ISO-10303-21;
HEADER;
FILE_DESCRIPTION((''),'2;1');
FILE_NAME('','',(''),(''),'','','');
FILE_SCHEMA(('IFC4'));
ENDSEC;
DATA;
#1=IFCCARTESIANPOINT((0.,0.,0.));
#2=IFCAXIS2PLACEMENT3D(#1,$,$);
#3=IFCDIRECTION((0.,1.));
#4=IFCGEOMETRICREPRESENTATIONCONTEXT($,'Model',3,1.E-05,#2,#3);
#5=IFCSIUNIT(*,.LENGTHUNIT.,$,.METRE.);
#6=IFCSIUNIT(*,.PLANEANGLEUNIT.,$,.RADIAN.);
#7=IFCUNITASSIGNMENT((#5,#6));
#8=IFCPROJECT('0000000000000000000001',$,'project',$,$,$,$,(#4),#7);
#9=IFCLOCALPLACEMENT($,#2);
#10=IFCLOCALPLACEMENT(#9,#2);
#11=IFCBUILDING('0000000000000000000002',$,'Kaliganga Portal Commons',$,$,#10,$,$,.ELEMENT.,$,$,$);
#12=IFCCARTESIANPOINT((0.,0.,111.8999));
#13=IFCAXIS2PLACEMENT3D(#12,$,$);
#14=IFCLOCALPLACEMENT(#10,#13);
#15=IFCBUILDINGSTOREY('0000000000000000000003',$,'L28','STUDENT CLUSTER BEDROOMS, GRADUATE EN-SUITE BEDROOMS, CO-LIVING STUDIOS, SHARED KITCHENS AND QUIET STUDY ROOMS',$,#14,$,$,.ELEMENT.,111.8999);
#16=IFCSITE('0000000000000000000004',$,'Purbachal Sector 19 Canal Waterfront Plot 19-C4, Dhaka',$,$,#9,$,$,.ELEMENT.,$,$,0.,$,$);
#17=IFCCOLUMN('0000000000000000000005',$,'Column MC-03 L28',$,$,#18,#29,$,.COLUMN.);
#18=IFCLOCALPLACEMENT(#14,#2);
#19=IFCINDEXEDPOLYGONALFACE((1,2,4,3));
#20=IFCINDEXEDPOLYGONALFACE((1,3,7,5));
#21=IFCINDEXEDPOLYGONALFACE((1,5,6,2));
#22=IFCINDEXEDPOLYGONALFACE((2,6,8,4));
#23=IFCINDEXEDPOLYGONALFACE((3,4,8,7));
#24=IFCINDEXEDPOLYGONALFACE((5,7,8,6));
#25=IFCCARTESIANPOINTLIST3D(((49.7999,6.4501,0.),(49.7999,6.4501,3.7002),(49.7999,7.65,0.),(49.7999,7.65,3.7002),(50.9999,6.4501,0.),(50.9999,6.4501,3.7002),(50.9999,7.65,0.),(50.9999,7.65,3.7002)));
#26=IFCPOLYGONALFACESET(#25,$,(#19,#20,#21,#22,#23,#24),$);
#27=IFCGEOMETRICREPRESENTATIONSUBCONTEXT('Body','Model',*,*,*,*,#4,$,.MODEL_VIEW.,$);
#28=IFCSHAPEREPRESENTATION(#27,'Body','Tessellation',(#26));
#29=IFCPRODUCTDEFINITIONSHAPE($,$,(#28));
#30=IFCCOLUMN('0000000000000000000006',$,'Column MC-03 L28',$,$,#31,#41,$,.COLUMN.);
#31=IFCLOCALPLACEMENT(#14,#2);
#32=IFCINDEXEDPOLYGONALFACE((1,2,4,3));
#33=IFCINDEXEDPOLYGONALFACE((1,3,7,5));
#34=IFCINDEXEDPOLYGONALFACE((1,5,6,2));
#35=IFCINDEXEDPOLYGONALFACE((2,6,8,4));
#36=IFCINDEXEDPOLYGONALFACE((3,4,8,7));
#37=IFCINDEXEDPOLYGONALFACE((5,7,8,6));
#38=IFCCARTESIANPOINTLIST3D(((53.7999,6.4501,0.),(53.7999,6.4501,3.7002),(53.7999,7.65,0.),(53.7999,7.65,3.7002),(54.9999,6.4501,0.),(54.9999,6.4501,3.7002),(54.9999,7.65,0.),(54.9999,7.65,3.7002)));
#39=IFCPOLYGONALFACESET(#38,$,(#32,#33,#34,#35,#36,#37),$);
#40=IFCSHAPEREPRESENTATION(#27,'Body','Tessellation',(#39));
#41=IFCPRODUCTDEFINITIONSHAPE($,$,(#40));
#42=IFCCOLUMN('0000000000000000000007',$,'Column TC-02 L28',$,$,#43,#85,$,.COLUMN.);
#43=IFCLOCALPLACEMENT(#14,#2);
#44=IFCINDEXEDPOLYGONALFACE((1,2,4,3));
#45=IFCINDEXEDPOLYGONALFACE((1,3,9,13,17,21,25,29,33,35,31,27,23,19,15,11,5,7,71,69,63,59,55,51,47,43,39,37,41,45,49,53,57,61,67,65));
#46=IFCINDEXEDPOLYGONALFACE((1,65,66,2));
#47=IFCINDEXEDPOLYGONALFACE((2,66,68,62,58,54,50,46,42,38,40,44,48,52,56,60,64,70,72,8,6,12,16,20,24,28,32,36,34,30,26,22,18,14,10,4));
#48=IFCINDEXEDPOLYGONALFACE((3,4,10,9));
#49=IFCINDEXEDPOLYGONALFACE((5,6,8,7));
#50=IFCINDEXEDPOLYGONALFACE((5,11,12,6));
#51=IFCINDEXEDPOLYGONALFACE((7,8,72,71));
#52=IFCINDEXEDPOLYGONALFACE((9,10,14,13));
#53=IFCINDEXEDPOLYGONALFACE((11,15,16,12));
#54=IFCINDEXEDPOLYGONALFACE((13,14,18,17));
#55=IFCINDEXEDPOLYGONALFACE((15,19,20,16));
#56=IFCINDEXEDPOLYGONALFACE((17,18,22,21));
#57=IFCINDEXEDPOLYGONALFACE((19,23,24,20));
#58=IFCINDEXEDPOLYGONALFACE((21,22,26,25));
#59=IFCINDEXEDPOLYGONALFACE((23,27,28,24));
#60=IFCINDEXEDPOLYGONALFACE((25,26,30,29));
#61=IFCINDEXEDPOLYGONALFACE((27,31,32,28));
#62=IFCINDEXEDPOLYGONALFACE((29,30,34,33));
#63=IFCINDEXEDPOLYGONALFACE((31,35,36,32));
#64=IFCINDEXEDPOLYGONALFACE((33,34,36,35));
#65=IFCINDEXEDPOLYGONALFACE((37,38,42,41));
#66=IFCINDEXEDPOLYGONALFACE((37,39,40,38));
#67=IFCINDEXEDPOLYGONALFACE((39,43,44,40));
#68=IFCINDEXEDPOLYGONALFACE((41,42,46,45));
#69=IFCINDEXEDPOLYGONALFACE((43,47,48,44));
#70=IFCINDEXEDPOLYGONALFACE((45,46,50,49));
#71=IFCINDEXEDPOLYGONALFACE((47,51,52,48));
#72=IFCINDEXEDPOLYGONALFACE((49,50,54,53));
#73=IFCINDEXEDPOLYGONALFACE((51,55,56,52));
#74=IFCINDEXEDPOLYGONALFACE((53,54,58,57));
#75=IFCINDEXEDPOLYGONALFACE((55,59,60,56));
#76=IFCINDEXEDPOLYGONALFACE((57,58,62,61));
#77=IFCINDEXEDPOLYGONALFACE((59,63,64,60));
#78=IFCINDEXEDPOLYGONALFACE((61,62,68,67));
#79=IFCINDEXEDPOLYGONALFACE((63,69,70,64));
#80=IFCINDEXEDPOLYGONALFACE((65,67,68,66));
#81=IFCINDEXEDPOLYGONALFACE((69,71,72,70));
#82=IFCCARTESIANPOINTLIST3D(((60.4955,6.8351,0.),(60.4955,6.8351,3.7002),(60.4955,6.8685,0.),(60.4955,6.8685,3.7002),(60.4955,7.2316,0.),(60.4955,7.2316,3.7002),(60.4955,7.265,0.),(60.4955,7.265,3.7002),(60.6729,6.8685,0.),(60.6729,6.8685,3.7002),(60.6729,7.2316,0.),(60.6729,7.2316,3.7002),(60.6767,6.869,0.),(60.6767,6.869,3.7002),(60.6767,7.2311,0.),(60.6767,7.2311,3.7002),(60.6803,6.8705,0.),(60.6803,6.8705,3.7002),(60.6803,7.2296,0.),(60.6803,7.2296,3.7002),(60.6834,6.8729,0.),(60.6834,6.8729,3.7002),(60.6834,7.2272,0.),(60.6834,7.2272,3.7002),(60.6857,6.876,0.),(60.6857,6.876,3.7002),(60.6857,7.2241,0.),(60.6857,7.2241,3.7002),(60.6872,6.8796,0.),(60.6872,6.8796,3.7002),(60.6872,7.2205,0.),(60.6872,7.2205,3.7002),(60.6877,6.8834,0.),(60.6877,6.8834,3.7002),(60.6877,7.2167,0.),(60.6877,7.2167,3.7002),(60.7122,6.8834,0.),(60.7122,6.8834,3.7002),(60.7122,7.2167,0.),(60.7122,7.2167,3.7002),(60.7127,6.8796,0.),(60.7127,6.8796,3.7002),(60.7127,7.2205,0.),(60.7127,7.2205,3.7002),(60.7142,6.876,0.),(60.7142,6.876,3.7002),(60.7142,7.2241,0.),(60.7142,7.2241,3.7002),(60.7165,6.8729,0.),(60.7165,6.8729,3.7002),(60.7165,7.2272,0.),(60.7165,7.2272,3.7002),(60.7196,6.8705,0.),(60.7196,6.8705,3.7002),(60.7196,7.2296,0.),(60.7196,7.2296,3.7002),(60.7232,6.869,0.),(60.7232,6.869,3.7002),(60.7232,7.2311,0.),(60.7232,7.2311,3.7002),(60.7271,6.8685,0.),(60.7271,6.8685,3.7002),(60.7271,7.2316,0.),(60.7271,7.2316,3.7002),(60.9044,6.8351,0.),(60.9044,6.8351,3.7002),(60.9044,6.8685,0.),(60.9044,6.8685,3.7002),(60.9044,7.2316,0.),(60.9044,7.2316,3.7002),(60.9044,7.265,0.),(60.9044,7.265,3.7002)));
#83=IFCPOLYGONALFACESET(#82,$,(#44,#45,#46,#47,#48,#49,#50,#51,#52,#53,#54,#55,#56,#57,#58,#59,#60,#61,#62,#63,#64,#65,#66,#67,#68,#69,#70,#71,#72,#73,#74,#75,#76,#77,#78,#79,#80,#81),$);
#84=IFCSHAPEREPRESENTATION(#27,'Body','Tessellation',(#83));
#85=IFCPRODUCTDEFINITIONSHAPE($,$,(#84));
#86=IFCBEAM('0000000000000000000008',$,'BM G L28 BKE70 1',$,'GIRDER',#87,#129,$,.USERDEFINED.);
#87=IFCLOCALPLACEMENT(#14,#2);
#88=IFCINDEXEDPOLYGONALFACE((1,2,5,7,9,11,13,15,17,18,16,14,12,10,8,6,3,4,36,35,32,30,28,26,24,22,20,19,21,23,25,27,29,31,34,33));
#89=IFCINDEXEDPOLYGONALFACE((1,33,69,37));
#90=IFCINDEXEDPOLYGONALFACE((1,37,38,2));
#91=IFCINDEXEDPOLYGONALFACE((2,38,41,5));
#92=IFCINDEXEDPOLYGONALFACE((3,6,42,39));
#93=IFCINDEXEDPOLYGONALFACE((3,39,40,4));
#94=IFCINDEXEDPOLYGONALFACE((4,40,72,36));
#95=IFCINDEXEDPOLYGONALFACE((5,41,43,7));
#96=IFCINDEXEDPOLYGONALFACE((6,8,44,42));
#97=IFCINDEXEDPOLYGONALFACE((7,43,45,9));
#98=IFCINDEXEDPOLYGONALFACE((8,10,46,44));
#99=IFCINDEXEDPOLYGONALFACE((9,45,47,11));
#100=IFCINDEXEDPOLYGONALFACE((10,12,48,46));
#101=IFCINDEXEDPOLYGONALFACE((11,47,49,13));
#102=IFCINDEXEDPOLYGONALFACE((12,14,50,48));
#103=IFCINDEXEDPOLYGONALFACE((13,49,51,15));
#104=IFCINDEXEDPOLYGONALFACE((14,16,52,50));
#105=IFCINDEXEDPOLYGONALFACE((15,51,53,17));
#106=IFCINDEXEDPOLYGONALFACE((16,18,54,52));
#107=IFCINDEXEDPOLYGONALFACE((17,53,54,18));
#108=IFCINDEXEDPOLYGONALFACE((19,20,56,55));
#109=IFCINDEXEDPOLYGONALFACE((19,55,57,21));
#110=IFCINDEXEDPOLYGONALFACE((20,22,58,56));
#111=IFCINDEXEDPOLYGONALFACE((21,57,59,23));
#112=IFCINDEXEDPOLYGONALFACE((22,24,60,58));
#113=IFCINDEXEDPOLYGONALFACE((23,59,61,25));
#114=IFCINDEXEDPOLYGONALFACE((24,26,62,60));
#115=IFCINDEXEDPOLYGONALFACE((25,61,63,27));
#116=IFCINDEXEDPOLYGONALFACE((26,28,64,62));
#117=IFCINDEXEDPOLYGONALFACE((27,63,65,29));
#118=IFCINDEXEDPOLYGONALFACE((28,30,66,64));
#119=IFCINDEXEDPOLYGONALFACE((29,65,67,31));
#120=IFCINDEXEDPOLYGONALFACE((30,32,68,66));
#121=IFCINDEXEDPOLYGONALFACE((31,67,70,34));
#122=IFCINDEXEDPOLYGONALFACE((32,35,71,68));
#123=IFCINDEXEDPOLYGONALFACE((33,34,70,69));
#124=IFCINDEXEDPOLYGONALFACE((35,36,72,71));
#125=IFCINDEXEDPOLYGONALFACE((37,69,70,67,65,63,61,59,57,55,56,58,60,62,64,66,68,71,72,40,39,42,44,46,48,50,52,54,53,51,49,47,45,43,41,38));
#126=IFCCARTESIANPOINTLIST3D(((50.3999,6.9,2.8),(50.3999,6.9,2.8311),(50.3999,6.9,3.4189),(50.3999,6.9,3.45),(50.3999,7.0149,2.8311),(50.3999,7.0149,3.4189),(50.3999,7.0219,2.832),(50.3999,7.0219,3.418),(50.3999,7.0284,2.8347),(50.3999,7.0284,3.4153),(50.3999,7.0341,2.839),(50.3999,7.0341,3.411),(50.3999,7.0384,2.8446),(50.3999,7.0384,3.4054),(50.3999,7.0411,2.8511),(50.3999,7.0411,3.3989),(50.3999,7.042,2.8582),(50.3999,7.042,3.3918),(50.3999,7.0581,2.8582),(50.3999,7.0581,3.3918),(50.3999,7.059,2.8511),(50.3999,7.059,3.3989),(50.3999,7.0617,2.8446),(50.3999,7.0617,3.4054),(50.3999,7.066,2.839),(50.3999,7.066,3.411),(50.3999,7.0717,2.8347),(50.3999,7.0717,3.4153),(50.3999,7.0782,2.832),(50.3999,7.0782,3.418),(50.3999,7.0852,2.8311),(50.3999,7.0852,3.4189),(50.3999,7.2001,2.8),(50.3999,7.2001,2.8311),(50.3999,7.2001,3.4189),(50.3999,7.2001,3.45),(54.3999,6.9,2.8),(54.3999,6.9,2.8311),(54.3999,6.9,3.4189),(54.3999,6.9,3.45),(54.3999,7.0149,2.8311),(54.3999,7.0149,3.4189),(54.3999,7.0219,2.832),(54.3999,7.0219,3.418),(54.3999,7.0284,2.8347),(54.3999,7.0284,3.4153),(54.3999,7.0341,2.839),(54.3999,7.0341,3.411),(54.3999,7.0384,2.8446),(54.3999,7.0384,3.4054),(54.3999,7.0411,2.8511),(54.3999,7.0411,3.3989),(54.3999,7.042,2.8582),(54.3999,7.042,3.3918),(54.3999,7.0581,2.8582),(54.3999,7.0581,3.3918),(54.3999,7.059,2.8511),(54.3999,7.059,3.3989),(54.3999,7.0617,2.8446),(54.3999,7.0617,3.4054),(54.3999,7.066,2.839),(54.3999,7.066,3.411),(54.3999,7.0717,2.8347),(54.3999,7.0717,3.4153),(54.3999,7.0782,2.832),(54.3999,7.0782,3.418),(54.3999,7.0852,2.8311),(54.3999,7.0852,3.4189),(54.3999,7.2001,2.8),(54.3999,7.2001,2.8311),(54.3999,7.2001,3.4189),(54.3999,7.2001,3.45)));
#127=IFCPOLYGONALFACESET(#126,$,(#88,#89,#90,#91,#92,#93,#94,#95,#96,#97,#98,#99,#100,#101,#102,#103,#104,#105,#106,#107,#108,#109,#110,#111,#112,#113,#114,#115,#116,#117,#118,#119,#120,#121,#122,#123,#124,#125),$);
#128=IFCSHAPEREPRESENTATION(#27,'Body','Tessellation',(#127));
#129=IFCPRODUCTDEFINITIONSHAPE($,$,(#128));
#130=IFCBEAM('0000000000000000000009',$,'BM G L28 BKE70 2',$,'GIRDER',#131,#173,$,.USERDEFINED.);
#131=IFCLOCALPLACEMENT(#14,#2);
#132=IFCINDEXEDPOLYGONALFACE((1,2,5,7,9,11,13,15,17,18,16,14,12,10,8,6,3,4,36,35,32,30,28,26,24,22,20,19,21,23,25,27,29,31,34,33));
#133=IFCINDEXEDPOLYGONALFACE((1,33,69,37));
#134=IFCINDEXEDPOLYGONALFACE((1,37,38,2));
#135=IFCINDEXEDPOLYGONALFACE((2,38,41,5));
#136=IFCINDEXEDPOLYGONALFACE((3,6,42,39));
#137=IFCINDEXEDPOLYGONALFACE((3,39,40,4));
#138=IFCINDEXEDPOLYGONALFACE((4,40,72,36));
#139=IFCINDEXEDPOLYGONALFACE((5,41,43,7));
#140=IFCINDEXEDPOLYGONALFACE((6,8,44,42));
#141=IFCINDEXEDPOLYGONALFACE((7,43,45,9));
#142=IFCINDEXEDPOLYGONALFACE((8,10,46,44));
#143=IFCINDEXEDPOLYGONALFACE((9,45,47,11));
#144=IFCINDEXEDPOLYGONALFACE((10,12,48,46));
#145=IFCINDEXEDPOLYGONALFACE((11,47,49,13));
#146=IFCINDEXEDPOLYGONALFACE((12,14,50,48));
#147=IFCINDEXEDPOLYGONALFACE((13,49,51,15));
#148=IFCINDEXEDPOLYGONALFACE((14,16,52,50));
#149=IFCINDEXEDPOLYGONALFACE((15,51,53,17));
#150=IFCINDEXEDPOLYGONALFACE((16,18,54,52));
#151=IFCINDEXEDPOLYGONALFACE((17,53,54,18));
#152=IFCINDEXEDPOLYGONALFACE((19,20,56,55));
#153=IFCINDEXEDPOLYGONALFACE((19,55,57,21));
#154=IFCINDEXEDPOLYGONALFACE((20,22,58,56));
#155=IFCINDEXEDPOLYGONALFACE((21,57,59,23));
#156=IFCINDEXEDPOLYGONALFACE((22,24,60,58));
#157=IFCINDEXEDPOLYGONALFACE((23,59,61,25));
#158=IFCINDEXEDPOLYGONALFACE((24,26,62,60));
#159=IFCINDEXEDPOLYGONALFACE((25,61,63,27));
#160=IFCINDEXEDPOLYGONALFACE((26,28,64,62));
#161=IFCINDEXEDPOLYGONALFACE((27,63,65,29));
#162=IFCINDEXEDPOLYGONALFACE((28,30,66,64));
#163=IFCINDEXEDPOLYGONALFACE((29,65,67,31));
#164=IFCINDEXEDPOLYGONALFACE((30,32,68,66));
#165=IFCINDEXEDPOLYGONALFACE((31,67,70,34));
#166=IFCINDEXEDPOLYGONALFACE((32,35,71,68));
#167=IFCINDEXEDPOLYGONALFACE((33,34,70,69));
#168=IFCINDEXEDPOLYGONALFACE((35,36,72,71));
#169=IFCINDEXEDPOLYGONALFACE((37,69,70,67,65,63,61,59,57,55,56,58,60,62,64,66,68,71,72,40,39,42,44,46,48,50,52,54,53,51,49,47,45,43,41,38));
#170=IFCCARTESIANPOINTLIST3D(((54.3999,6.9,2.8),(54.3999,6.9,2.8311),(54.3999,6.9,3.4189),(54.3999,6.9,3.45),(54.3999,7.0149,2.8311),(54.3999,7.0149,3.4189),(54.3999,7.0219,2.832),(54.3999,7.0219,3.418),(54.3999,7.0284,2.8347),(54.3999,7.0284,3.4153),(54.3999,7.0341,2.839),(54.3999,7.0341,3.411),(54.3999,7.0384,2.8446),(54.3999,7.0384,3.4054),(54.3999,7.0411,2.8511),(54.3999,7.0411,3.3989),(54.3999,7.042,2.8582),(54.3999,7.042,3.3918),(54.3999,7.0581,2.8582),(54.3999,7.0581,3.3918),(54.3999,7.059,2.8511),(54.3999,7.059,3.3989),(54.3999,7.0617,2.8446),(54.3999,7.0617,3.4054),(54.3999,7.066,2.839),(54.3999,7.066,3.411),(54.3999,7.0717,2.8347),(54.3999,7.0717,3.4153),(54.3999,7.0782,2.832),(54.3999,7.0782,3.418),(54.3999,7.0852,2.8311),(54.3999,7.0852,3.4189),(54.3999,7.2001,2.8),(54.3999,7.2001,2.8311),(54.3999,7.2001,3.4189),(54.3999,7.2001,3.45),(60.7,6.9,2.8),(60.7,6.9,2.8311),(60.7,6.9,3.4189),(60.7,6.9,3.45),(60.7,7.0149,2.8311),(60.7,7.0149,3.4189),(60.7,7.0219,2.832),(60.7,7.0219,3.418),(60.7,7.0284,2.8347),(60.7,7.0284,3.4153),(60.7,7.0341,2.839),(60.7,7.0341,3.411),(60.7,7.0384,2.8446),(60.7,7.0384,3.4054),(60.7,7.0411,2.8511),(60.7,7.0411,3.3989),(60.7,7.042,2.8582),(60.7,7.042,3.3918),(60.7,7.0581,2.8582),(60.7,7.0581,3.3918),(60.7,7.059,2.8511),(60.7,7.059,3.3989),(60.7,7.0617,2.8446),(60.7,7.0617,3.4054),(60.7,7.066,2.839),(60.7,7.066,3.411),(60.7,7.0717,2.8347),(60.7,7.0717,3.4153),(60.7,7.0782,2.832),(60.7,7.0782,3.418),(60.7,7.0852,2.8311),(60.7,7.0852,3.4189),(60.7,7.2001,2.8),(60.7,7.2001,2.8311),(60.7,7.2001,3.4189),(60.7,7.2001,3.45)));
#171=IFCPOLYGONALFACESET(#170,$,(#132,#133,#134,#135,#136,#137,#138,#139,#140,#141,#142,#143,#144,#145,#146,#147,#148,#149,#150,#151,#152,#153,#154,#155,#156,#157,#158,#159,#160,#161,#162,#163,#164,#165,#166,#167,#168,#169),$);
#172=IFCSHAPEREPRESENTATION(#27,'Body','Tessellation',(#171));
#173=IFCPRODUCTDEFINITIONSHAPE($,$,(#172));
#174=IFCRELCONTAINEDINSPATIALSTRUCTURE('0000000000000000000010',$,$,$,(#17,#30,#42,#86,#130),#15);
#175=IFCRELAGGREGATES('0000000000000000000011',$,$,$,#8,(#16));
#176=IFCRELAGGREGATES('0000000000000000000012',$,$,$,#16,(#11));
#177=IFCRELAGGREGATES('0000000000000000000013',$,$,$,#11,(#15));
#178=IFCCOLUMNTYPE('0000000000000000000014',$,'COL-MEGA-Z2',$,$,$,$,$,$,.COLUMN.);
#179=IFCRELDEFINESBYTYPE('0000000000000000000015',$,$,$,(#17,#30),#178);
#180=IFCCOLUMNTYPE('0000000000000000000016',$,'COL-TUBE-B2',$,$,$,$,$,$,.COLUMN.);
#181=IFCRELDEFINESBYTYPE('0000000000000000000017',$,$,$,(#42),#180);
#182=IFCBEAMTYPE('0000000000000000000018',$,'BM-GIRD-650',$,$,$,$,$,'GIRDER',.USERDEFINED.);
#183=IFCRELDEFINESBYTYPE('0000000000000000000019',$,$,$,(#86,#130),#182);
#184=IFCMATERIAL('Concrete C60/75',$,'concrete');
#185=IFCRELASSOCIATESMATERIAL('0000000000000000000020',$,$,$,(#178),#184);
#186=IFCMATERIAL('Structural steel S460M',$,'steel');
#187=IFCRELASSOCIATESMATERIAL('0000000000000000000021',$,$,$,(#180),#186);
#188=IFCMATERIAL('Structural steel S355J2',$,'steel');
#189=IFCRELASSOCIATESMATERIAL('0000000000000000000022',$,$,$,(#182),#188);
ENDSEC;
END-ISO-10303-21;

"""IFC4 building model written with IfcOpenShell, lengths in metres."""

from ifc_helpers import new_model, si_unit, direction, frame, origin, origin_2d, place, context, subcontext, project, spatial, rectangle, i_section, extrude, source, transform, mapped, material, material_profile, profile_set, type_object, element, save


model = new_model("IFC4")

# Units and contexts
model_context = context("Model", 3, precision=1e-05, world=origin(), true_north=direction((0.0, 1.0)))
body_context = subcontext(model_context, "Body", "Model", "MODEL_VIEW")
ifc_project = project(units=[si_unit("LENGTHUNIT", "METRE"), si_unit("PLANEANGLEUNIT", "RADIAN")], contexts=[model_context])

# Site, building, storey
site_placement = place(None, origin())
site = spatial("IfcSite", under=ifc_project, at=site_placement, Name="Purbachal Sector 19 Canal Waterfront Plot 19-C4, Dhaka", CompositionType="ELEMENT", RefElevation=0.0)
building_placement = place(site_placement, origin())
building = spatial("IfcBuilding", under=site, at=building_placement, Name="Kaliganga Portal Commons", CompositionType="ELEMENT")
storey_placement = place(building_placement, frame((0.0, 0.0, 111.8999)))
storey = spatial("IfcBuildingStorey", under=building, at=storey_placement, Name="L28", Description="STUDENT CLUSTER BEDROOMS, GRADUATE EN-SUITE BEDROOMS, CO-LIVING STUDIOS, SHARED KITCHENS AND QUIET STUDY ROOMS", CompositionType="ELEMENT", Elevation=111.8999)

# Columns
ifc_material_1 = material(Name="Concrete C60/75", Category="concrete")
ifc_material_profile_1 = material_profile(ifc_material_1, rectangle(XDim=1.2, YDim=1.2, at=origin_2d()), Name="RC 1200x1200")
ifc_profile_set_1 = profile_set([ifc_material_profile_1], Name="Concrete C60/75")
column_type_1 = type_object("IfcColumnType", Name="COL-MEGA-Z2", PredefinedType="COLUMN", material=ifc_profile_set_1)
shared_shape_1 = source(origin(), body_context, "Body", "SweptSolid", [
    extrude(rectangle(XDim=1.2, YDim=1.2, at=origin_2d()), origin(), (0.0, 0.0, 1.0), 3.7002),
])
for number, where, z_axis, x_axis, name in (
    (1, (50.3999, 7.05, 0.0), (0.0, 0.0, 1.0), (1.0, 0.0, 0.0), "Column MC-03 L28"),
    (2, (54.3999, 7.05, 0.0), (0.0, 0.0, 1.0), (1.0, 0.0, 0.0), "Column MC-03 L28"),
):
    element("IfcColumn", number, at=place(storey_placement, frame(where, z_axis=z_axis, x_axis=x_axis)), inside=storey, type_object=column_type_1, Name=name, PredefinedType="COLUMN", context=body_context, shape_type="MappedRepresentation", body=[
        mapped(shared_shape_1, transform((0.0, 0.0, 0.0), x_axis=(1.0, 0.0, 0.0), y_axis=(0.0, 1.0, 0.0), z_axis=(0.0, 0.0, 1.0), scale=1.0)),
    ])
ifc_material_2 = material(Name="Structural steel S460M", Category="steel")
ifc_material_profile_2 = material_profile(ifc_material_2, i_section(OverallWidth=0.4089, OverallDepth=0.4299, WebThickness=0.0244, FlangeThickness=0.0334, FilletRadius=0.0149, at=origin_2d()), Name="HD 400x421")
ifc_profile_set_2 = profile_set([ifc_material_profile_2], Name="Structural steel S460M wide-flange")
column_type_2 = type_object("IfcColumnType", Name="COL-TUBE-B2", PredefinedType="COLUMN", material=ifc_profile_set_2)
shared_shape_2 = source(origin(), body_context, "Body", "SweptSolid", [
    extrude(i_section(OverallWidth=0.4089, OverallDepth=0.4299, WebThickness=0.0244, FlangeThickness=0.0334, FilletRadius=0.0149, at=origin_2d()), origin(), (0.0, 0.0, 1.0), 3.7002),
])
column_placement = place(storey_placement, frame((60.7, 7.05, 0.0), z_axis=(0.0, 0.0, 1.0), x_axis=(1.0, 0.0, 0.0)))
element("IfcColumn", 3, at=column_placement, inside=storey, type_object=column_type_2, Name="Column TC-02 L28", PredefinedType="COLUMN", context=body_context, shape_type="MappedRepresentation", body=[
    mapped(shared_shape_2, transform((0.0, 0.0, 0.0), x_axis=(1.0, 0.0, 0.0), y_axis=(0.0, 1.0, 0.0), z_axis=(0.0, 0.0, 1.0), scale=1.0)),
])

# Beams
ifc_material_3 = material(Name="Structural steel S355J2", Category="steel")
ifc_material_profile_3 = material_profile(ifc_material_3, i_section(OverallWidth=0.3, OverallDepth=0.6499, WebThickness=0.0161, FlangeThickness=0.031, FilletRadius=0.0271, at=origin_2d()), Name="HE 650 B")
ifc_profile_set_3 = profile_set([ifc_material_profile_3], Name="Structural steel S355J2 wide-flange")
beam_type_1 = type_object("IfcBeamType", Name="BM-GIRD-650", ElementType="GIRDER", PredefinedType="USERDEFINED", material=ifc_profile_set_3)
shared_shape_3 = source(origin(), body_context, "Body", "SweptSolid", [
    extrude(i_section(OverallWidth=0.3, OverallDepth=0.6499, WebThickness=0.0161, FlangeThickness=0.031, FilletRadius=0.0271, at=origin_2d()), origin(), (0.0, 0.0, 1.0), 4.0),
])
beam_1_placement = place(storey_placement, frame((50.3999, 7.05, 3.125), z_axis=(1.0, 0.0, 0.0), x_axis=(0.0, 1.0, 0.0)))
element("IfcBeam", 4, at=beam_1_placement, inside=storey, type_object=beam_type_1, Name="BM G L28 BKE70 1", ObjectType="GIRDER", PredefinedType="USERDEFINED", context=body_context, shape_type="MappedRepresentation", body=[
    mapped(shared_shape_3, transform((0.0, 0.0, 0.0), x_axis=(1.0, 0.0, 0.0), y_axis=(0.0, 1.0, 0.0), z_axis=(0.0, 0.0, 1.0), scale=1.0)),
])
shared_shape_4 = source(origin(), body_context, "Body", "SweptSolid", [
    extrude(i_section(OverallWidth=0.3, OverallDepth=0.6499, WebThickness=0.0161, FlangeThickness=0.031, FilletRadius=0.0271, at=origin_2d()), origin(), (0.0, 0.0, 1.0), 6.3),
])
beam_2_placement = place(storey_placement, frame((54.3999, 7.05, 3.125), z_axis=(1.0, 0.0, 0.0), x_axis=(0.0, 1.0, 0.0)))
element("IfcBeam", 5, at=beam_2_placement, inside=storey, type_object=beam_type_1, Name="BM G L28 BKE70 2", ObjectType="GIRDER", PredefinedType="USERDEFINED", context=body_context, shape_type="MappedRepresentation", body=[
    mapped(shared_shape_4, transform((0.0, 0.0, 0.0), x_axis=(1.0, 0.0, 0.0), y_axis=(0.0, 1.0, 0.0), z_axis=(0.0, 0.0, 1.0), scale=1.0)),
])

save(model, "model.ifc")
